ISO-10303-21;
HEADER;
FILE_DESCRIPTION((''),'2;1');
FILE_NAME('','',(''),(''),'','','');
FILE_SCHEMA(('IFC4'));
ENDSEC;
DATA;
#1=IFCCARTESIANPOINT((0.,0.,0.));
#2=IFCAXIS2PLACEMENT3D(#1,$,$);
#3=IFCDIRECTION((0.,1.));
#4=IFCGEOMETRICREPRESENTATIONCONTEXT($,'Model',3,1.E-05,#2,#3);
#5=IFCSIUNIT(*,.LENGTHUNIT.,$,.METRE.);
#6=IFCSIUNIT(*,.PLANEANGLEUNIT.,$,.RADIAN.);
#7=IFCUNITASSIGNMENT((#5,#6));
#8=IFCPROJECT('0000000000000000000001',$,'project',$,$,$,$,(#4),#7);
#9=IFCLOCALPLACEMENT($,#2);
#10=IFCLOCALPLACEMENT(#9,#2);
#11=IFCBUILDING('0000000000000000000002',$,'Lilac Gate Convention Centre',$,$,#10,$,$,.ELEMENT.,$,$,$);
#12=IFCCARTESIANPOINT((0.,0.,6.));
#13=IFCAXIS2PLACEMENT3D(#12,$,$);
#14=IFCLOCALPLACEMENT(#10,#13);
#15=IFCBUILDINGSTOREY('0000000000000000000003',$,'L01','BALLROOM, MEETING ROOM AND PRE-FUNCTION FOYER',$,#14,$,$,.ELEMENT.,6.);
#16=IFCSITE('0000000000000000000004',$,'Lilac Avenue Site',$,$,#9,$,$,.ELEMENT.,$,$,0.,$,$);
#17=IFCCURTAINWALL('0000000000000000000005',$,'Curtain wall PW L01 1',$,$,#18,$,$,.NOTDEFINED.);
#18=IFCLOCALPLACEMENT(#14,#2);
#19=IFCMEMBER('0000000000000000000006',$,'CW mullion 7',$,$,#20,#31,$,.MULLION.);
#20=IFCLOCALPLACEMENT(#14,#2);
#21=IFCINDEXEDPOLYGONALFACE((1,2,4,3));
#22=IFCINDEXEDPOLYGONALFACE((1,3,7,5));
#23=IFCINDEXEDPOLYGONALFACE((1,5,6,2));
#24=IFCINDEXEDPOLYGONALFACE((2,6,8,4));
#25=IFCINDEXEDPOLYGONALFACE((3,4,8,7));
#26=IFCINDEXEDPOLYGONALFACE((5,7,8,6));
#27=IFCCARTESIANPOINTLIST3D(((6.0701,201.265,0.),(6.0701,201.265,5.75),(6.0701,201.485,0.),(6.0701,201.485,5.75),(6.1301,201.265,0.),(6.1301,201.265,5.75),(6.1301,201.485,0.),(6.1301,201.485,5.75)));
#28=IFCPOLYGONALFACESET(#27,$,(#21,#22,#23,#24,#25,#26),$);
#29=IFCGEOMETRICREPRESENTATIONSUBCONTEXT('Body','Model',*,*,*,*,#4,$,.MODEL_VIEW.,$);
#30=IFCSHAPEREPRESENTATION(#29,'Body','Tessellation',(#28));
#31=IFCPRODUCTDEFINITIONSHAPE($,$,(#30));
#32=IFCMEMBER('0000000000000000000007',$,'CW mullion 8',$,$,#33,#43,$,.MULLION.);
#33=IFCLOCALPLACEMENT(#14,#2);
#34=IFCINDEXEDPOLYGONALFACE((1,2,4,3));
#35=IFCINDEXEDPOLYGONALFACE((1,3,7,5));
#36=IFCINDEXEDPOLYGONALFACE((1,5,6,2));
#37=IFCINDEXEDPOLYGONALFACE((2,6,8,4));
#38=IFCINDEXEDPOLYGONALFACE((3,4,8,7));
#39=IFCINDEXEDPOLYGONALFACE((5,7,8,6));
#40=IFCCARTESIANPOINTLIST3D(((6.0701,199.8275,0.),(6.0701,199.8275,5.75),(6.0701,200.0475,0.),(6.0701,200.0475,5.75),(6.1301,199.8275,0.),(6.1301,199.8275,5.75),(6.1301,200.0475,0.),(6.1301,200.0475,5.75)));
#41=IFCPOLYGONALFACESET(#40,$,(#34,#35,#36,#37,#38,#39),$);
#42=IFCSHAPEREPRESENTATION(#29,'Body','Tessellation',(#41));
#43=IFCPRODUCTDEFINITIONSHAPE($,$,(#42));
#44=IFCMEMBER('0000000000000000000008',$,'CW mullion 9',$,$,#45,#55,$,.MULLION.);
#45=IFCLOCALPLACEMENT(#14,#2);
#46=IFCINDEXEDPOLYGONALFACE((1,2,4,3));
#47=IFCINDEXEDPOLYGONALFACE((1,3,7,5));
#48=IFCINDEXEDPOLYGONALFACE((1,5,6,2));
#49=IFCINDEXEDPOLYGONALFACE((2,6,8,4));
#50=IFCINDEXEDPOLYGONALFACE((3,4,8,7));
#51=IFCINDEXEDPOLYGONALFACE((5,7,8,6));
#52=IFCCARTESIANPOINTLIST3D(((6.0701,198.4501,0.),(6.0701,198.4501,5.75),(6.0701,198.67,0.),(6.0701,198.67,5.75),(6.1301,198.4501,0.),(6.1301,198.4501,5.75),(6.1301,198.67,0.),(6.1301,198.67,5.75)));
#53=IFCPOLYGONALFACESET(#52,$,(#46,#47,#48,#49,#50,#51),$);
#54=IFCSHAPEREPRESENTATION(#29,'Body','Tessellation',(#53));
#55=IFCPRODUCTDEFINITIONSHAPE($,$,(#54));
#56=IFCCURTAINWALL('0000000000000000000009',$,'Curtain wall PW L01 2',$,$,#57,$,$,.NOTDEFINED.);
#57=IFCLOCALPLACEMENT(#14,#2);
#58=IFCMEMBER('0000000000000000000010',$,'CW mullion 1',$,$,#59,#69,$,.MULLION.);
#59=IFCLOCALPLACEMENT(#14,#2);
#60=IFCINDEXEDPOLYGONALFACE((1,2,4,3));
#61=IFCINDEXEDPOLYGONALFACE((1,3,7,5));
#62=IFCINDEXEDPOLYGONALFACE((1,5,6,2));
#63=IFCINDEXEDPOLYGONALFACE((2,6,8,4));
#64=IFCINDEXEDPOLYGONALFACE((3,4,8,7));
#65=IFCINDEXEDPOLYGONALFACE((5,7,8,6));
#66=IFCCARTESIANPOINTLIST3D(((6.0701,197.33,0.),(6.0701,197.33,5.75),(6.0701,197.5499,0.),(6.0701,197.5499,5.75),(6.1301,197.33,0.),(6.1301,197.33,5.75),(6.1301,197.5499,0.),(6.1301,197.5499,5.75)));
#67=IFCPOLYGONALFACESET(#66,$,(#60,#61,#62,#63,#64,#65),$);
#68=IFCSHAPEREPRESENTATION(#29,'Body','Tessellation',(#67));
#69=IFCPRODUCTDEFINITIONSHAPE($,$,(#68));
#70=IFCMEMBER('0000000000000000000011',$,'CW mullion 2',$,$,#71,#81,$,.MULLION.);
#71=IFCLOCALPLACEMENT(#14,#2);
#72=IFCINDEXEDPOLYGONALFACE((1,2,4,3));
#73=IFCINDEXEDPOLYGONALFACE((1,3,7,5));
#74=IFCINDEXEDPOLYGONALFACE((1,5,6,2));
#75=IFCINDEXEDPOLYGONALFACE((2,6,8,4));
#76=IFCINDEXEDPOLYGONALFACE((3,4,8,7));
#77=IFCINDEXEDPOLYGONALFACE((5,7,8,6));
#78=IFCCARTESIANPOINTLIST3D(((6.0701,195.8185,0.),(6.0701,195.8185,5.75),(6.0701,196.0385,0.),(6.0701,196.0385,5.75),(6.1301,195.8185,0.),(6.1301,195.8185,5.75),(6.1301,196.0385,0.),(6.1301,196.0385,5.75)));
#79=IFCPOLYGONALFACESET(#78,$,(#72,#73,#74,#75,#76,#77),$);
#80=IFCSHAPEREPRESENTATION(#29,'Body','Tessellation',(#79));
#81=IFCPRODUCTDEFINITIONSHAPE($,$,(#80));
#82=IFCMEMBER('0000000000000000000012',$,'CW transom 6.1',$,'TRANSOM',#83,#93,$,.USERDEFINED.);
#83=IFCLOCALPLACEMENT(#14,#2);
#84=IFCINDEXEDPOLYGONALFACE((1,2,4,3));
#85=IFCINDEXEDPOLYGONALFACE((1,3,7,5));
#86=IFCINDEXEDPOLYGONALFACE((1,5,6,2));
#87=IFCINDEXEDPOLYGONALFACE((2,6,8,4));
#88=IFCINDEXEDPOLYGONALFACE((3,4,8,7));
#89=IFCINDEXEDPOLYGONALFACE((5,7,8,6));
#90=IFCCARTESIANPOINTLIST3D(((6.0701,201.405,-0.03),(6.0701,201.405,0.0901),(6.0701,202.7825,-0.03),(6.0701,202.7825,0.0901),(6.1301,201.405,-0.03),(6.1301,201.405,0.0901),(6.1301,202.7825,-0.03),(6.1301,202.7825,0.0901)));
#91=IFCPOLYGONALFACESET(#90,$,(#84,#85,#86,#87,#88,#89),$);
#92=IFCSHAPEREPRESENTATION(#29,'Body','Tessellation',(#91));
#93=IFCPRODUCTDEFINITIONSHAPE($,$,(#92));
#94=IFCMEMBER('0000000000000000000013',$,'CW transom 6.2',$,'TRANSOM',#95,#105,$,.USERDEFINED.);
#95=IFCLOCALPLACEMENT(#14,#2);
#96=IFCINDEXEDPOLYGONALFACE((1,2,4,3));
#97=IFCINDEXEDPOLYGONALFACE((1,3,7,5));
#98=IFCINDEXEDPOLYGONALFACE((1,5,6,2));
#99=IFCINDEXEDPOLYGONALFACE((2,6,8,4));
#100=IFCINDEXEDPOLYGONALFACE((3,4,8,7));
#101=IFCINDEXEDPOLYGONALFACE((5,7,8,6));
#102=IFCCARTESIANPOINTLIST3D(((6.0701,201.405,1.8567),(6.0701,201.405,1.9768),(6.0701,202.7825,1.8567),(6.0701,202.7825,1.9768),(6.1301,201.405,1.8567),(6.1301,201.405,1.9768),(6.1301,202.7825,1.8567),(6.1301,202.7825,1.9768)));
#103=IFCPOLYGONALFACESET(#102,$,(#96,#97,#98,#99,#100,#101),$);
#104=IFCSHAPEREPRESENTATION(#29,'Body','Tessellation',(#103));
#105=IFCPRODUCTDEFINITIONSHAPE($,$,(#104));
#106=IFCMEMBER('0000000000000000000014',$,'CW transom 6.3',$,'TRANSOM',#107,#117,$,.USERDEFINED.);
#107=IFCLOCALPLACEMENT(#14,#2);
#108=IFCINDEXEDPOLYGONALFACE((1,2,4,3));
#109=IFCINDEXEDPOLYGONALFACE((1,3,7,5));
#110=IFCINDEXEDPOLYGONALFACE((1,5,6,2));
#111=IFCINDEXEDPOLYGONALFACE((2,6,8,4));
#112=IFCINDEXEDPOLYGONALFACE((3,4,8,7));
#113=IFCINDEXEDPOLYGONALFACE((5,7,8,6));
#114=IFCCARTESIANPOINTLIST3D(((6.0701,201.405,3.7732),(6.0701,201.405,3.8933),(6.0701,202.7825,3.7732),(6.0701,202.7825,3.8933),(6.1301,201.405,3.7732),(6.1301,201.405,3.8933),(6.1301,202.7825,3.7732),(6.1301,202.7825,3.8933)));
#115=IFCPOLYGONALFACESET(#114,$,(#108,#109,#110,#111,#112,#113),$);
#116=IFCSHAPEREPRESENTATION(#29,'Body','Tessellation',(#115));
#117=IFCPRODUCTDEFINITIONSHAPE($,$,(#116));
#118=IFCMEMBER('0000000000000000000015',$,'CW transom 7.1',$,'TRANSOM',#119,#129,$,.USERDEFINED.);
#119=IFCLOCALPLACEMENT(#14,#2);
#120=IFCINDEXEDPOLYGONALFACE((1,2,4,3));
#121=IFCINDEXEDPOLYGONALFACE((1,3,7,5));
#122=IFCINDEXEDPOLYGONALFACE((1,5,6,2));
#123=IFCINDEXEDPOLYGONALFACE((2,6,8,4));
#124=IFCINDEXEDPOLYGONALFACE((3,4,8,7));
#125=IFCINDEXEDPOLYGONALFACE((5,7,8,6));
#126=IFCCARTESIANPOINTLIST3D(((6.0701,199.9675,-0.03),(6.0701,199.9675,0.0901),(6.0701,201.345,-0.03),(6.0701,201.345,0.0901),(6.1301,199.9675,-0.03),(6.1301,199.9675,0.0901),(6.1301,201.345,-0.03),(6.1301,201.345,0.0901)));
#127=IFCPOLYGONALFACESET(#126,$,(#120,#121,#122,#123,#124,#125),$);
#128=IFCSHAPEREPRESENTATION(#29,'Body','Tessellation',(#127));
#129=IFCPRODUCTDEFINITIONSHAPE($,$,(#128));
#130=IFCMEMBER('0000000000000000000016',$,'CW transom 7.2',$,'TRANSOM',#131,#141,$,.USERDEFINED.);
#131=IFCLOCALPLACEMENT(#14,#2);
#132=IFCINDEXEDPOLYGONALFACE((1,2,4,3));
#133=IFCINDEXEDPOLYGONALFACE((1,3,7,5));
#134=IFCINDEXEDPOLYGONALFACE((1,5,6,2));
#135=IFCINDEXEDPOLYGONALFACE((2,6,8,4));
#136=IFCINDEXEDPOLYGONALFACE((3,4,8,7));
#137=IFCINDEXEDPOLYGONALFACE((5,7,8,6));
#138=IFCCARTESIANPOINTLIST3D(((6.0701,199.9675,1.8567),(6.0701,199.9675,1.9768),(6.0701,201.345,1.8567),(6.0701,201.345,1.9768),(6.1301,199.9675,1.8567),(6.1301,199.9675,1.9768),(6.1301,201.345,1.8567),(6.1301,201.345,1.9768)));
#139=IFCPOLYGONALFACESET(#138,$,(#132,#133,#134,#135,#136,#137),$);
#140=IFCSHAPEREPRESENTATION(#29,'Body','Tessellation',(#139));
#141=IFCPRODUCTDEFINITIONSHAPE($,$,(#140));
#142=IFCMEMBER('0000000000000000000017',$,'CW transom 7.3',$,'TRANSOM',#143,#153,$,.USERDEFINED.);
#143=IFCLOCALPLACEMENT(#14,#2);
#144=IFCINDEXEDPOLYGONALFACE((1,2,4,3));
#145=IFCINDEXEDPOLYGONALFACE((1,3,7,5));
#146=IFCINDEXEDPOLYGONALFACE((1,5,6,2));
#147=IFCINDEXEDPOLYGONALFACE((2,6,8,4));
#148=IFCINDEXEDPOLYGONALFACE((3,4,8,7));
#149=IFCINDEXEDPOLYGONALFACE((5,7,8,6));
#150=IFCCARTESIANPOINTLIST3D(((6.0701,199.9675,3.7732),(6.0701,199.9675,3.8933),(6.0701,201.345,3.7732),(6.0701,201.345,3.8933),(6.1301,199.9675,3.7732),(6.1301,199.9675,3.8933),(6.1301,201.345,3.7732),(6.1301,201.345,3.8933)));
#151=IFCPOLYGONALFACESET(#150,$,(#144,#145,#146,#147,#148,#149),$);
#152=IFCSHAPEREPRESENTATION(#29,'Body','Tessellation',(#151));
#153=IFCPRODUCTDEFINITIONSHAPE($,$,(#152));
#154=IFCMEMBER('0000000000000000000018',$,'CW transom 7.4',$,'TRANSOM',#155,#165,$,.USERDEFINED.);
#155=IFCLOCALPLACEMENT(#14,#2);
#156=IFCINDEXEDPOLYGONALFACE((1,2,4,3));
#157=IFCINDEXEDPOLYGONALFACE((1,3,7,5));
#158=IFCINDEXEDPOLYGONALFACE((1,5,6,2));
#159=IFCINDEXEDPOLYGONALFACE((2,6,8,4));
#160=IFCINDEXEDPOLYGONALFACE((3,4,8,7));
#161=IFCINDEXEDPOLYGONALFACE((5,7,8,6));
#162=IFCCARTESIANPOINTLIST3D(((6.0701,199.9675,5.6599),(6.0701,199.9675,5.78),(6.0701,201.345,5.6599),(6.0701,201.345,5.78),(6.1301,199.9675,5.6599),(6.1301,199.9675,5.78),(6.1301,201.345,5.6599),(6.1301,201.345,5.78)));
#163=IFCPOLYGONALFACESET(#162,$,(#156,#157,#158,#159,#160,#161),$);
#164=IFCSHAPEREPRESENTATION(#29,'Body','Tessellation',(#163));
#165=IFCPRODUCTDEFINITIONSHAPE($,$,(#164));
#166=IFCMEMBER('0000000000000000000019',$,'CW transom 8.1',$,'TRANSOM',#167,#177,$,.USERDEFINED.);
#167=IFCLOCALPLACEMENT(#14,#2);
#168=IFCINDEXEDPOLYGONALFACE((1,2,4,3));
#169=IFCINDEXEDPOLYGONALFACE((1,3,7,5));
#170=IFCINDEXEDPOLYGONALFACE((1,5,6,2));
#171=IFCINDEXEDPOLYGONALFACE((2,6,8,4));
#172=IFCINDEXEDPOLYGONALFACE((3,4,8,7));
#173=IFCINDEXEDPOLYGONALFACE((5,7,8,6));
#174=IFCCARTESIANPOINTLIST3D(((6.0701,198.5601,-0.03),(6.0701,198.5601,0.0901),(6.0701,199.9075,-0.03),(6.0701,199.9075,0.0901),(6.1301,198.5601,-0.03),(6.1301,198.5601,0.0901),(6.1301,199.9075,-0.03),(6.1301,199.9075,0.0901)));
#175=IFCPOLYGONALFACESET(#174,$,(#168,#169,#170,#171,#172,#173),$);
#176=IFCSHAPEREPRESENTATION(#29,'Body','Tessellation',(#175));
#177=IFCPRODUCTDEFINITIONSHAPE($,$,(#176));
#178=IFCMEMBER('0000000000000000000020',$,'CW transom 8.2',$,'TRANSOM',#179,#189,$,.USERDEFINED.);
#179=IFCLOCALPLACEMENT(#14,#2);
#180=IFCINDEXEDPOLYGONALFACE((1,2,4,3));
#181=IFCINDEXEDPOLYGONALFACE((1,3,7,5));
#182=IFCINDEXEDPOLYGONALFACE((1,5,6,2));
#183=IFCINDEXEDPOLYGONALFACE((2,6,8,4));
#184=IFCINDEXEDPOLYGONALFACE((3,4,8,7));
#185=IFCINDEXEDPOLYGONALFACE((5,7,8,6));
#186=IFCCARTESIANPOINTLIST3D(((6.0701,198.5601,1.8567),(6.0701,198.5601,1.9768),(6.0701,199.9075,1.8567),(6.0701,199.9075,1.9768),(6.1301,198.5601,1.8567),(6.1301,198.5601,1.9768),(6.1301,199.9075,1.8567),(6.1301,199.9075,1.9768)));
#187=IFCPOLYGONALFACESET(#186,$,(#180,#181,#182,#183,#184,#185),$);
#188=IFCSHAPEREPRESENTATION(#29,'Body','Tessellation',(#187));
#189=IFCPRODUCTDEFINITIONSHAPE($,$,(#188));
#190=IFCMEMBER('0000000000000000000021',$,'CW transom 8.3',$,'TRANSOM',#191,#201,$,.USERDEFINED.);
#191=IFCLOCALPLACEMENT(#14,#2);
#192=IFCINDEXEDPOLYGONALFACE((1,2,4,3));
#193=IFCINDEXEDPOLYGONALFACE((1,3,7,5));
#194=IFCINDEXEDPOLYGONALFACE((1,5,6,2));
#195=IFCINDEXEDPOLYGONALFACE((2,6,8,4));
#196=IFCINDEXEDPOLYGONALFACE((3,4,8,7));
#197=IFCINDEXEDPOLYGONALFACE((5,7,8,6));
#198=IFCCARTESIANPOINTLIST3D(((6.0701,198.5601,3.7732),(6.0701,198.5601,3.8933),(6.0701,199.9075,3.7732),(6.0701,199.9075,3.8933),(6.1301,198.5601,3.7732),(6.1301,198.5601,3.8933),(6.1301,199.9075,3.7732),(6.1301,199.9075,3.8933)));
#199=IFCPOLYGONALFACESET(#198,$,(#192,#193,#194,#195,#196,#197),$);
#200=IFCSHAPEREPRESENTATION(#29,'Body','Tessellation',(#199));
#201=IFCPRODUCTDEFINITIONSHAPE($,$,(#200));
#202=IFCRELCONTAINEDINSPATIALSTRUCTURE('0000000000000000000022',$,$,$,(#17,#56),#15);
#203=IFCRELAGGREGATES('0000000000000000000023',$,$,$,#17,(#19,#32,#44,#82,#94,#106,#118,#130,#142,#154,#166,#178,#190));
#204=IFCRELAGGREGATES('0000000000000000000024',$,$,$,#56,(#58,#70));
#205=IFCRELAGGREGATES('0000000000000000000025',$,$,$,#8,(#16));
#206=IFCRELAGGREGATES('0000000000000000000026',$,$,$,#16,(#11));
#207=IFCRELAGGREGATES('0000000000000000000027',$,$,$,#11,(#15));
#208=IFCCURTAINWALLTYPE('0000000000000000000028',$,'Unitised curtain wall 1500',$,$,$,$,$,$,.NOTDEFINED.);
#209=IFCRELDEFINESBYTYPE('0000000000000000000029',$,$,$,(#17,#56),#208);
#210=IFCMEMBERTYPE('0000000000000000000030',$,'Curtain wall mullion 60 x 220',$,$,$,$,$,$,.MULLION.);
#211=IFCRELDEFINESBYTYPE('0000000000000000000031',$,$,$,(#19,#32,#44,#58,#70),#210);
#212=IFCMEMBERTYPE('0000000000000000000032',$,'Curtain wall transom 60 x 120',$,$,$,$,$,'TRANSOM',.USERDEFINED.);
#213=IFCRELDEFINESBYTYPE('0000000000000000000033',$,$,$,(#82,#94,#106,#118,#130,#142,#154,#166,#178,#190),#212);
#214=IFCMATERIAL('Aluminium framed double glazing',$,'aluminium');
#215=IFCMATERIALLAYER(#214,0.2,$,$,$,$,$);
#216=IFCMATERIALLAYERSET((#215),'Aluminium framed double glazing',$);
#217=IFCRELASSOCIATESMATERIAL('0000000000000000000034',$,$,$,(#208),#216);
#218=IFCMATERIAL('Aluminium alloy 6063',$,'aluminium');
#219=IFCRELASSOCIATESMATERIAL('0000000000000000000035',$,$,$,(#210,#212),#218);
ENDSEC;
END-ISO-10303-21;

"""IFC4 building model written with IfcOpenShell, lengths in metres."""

from ifc_helpers import new_model, si_unit, direction, frame, origin, origin_2d, place, context, subcontext, project, spatial, rectangle, extrude, material, layer, layer_set, material_profile, profile_set, type_object, element, aggregate, save


model = new_model("IFC4")

# Units and contexts
model_context = context("Model", 3, precision=1e-05, world=origin(), true_north=direction((0.0, 1.0)))
body_context = subcontext(model_context, "Body", "Model", "MODEL_VIEW")
ifc_project = project(units=[si_unit("LENGTHUNIT", "METRE"), si_unit("PLANEANGLEUNIT", "RADIAN")], contexts=[model_context])

# Site, building, storey
site_placement = place(None, origin())
site = spatial("IfcSite", under=ifc_project, at=site_placement, Name="Lilac Avenue Site", CompositionType="ELEMENT", RefElevation=0.0)
building_placement = place(site_placement, origin())
building = spatial("IfcBuilding", under=site, at=building_placement, Name="Lilac Gate Convention Centre", CompositionType="ELEMENT")
storey_placement = place(building_placement, frame((0.0, 0.0, 6.0)))
storey = spatial("IfcBuildingStorey", under=building, at=storey_placement, Name="L01", Description="BALLROOM, MEETING ROOM AND PRE-FUNCTION FOYER", CompositionType="ELEMENT", Elevation=6.0)

# Curtain walls, members
ifc_material_1 = material(Name="Aluminium framed double glazing", Category="aluminium")
ifc_layer_1 = layer(ifc_material_1, 0.2)
ifc_layer_set_1 = layer_set([ifc_layer_1], Name="Aluminium framed double glazing")
curtain_wall_type = type_object("IfcCurtainWallType", Name="Unitised curtain wall 1500", PredefinedType="NOTDEFINED", material=ifc_layer_set_1)
curtain_wall_1_placement = place(storey_placement, origin())
curtain_wall_1 = element("IfcCurtainWall", 1, at=curtain_wall_1_placement, inside=storey, type_object=curtain_wall_type, Name="Curtain wall PW L01 1", PredefinedType="NOTDEFINED")
ifc_material_2 = material(Name="Aluminium alloy 6063", Category="aluminium")
ifc_material_profile_1 = material_profile(ifc_material_2, rectangle(XDim=0.0601, YDim=0.22, at=origin_2d()), Name="Curtain wall mullion 60 x 220")
ifc_profile_set_1 = profile_set([ifc_material_profile_1], Name="Aluminium alloy 6063")
member_type_1 = type_object("IfcMemberType", Name="Curtain wall mullion 60 x 220", PredefinedType="MULLION", material=ifc_profile_set_1)
member_1_placement = place(storey_placement, frame((6.1001, 201.375, 0.0), z_axis=(0.0, 0.0, 1.0), x_axis=(1.0, 0.0, 0.0)))
member_1 = element("IfcMember", 2, at=member_1_placement, type_object=member_type_1, Name="CW mullion 7", PredefinedType="MULLION", context=body_context, shape_type="SweptSolid", body=[
    extrude(rectangle(XDim=0.0601, YDim=0.22, at=origin_2d()), origin(), (0.0, 0.0, 1.0), 5.75),
])
member_2_placement = place(storey_placement, frame((6.1001, 199.9375, 0.0), z_axis=(0.0, 0.0, 1.0), x_axis=(1.0, 0.0, 0.0)))
member_2 = element("IfcMember", 3, at=member_2_placement, type_object=member_type_1, Name="CW mullion 8", PredefinedType="MULLION", context=body_context, shape_type="SweptSolid", body=[
    extrude(rectangle(XDim=0.0601, YDim=0.22, at=origin_2d()), origin(), (0.0, 0.0, 1.0), 5.75),
])
member_3_placement = place(storey_placement, frame((6.1001, 198.5601, 0.0), z_axis=(0.0, 0.0, 1.0), x_axis=(1.0, 0.0, 0.0)))
member_3 = element("IfcMember", 4, at=member_3_placement, type_object=member_type_1, Name="CW mullion 9", PredefinedType="MULLION", context=body_context, shape_type="SweptSolid", body=[
    extrude(rectangle(XDim=0.0601, YDim=0.22, at=origin_2d()), origin(), (0.0, 0.0, 1.0), 5.75),
])
curtain_wall_2_placement = place(storey_placement, origin())
curtain_wall_2 = element("IfcCurtainWall", 5, at=curtain_wall_2_placement, inside=storey, type_object=curtain_wall_type, Name="Curtain wall PW L01 2", PredefinedType="NOTDEFINED")
member_4_placement = place(storey_placement, frame((6.1001, 197.4399, 0.0), z_axis=(0.0, 0.0, 1.0), x_axis=(1.0, 0.0, 0.0)))
member_4 = element("IfcMember", 6, at=member_4_placement, type_object=member_type_1, Name="CW mullion 1", PredefinedType="MULLION", context=body_context, shape_type="SweptSolid", body=[
    extrude(rectangle(XDim=0.0601, YDim=0.22, at=origin_2d()), origin(), (0.0, 0.0, 1.0), 5.75),
])
member_5_placement = place(storey_placement, frame((6.1001, 195.9285, 0.0), z_axis=(0.0, 0.0, 1.0), x_axis=(1.0, 0.0, 0.0)))
member_5 = element("IfcMember", 7, at=member_5_placement, type_object=member_type_1, Name="CW mullion 2", PredefinedType="MULLION", context=body_context, shape_type="SweptSolid", body=[
    extrude(rectangle(XDim=0.0601, YDim=0.22, at=origin_2d()), origin(), (0.0, 0.0, 1.0), 5.75),
])

# Members
ifc_material_profile_2 = material_profile(ifc_material_2, rectangle(XDim=0.0601, YDim=0.1201, at=origin_2d()), Name="Curtain wall transom 60 x 120")
ifc_profile_set_2 = profile_set([ifc_material_profile_2], Name="Aluminium alloy 6063")
member_type_2 = type_object("IfcMemberType", Name="Curtain wall transom 60 x 120", ElementType="TRANSOM", PredefinedType="USERDEFINED", material=ifc_profile_set_2)
member_6_placement = place(storey_placement, frame((6.1001, 202.7825, 0.03), z_axis=(0.0, -1.0, 0.0), x_axis=(1.0, 0.0, 0.0)))
member_6 = element("IfcMember", 8, at=member_6_placement, type_object=member_type_2, Name="CW transom 6.1", ObjectType="TRANSOM", PredefinedType="USERDEFINED", context=body_context, shape_type="SweptSolid", body=[
    extrude(rectangle(XDim=0.0601, YDim=0.1201, at=origin_2d()), origin(), (0.0, 0.0, 1.0), 1.3774),
])
member_7_placement = place(storey_placement, frame((6.1001, 202.7825, 1.9167), z_axis=(0.0, -1.0, 0.0), x_axis=(1.0, 0.0, 0.0)))
member_7 = element("IfcMember", 9, at=member_7_placement, type_object=member_type_2, Name="CW transom 6.2", ObjectType="TRANSOM", PredefinedType="USERDEFINED", context=body_context, shape_type="SweptSolid", body=[
    extrude(rectangle(XDim=0.0601, YDim=0.1201, at=origin_2d()), origin(), (0.0, 0.0, 1.0), 1.3774),
])
member_8_placement = place(storey_placement, frame((6.1001, 202.7825, 3.8333), z_axis=(0.0, -1.0, 0.0), x_axis=(1.0, 0.0, 0.0)))
member_8 = element("IfcMember", 10, at=member_8_placement, type_object=member_type_2, Name="CW transom 6.3", ObjectType="TRANSOM", PredefinedType="USERDEFINED", context=body_context, shape_type="SweptSolid", body=[
    extrude(rectangle(XDim=0.0601, YDim=0.1201, at=origin_2d()), origin(), (0.0, 0.0, 1.0), 1.3774),
])
member_9_placement = place(storey_placement, frame((6.1001, 201.345, 0.03), z_axis=(0.0, -1.0, 0.0), x_axis=(1.0, 0.0, 0.0)))
member_9 = element("IfcMember", 11, at=member_9_placement, type_object=member_type_2, Name="CW transom 7.1", ObjectType="TRANSOM", PredefinedType="USERDEFINED", context=body_context, shape_type="SweptSolid", body=[
    extrude(rectangle(XDim=0.0601, YDim=0.1201, at=origin_2d()), origin(), (0.0, 0.0, 1.0), 1.3774),
])
member_10_placement = place(storey_placement, frame((6.1001, 201.345, 1.9167), z_axis=(0.0, -1.0, 0.0), x_axis=(1.0, 0.0, 0.0)))
member_10 = element("IfcMember", 12, at=member_10_placement, type_object=member_type_2, Name="CW transom 7.2", ObjectType="TRANSOM", PredefinedType="USERDEFINED", context=body_context, shape_type="SweptSolid", body=[
    extrude(rectangle(XDim=0.0601, YDim=0.1201, at=origin_2d()), origin(), (0.0, 0.0, 1.0), 1.3774),
])
member_11_placement = place(storey_placement, frame((6.1001, 201.345, 3.8333), z_axis=(0.0, -1.0, 0.0), x_axis=(1.0, 0.0, 0.0)))
member_11 = element("IfcMember", 13, at=member_11_placement, type_object=member_type_2, Name="CW transom 7.3", ObjectType="TRANSOM", PredefinedType="USERDEFINED", context=body_context, shape_type="SweptSolid", body=[
    extrude(rectangle(XDim=0.0601, YDim=0.1201, at=origin_2d()), origin(), (0.0, 0.0, 1.0), 1.3774),
])
member_12_placement = place(storey_placement, frame((6.1001, 201.345, 5.72), z_axis=(0.0, -1.0, 0.0), x_axis=(1.0, 0.0, 0.0)))
member_12 = element("IfcMember", 14, at=member_12_placement, type_object=member_type_2, Name="CW transom 7.4", ObjectType="TRANSOM", PredefinedType="USERDEFINED", context=body_context, shape_type="SweptSolid", body=[
    extrude(rectangle(XDim=0.0601, YDim=0.1201, at=origin_2d()), origin(), (0.0, 0.0, 1.0), 1.3774),
])
member_13_placement = place(storey_placement, frame((6.1001, 199.9075, 0.03), z_axis=(0.0, -1.0, 0.0), x_axis=(1.0, 0.0, 0.0)))
member_13 = element("IfcMember", 15, at=member_13_placement, type_object=member_type_2, Name="CW transom 8.1", ObjectType="TRANSOM", PredefinedType="USERDEFINED", context=body_context, shape_type="SweptSolid", body=[
    extrude(rectangle(XDim=0.0601, YDim=0.1201, at=origin_2d()), origin(), (0.0, 0.0, 1.0), 1.3474),
])
member_14_placement = place(storey_placement, frame((6.1001, 199.9075, 1.9167), z_axis=(0.0, -1.0, 0.0), x_axis=(1.0, 0.0, 0.0)))
member_14 = element("IfcMember", 16, at=member_14_placement, type_object=member_type_2, Name="CW transom 8.2", ObjectType="TRANSOM", PredefinedType="USERDEFINED", context=body_context, shape_type="SweptSolid", body=[
    extrude(rectangle(XDim=0.0601, YDim=0.1201, at=origin_2d()), origin(), (0.0, 0.0, 1.0), 1.3474),
])
member_15_placement = place(storey_placement, frame((6.1001, 199.9075, 3.8333), z_axis=(0.0, -1.0, 0.0), x_axis=(1.0, 0.0, 0.0)))
member_15 = element("IfcMember", 17, at=member_15_placement, type_object=member_type_2, Name="CW transom 8.3", ObjectType="TRANSOM", PredefinedType="USERDEFINED", context=body_context, shape_type="SweptSolid", body=[
    extrude(rectangle(XDim=0.0601, YDim=0.1201, at=origin_2d()), origin(), (0.0, 0.0, 1.0), 1.3474),
])

aggregate(curtain_wall_1, [member_1, member_2, member_3, member_6, member_7, member_8, member_9, member_10, member_11, member_12, member_13, member_14, member_15])
aggregate(curtain_wall_2, [member_4, member_5])

save(model, "model.ifc")
